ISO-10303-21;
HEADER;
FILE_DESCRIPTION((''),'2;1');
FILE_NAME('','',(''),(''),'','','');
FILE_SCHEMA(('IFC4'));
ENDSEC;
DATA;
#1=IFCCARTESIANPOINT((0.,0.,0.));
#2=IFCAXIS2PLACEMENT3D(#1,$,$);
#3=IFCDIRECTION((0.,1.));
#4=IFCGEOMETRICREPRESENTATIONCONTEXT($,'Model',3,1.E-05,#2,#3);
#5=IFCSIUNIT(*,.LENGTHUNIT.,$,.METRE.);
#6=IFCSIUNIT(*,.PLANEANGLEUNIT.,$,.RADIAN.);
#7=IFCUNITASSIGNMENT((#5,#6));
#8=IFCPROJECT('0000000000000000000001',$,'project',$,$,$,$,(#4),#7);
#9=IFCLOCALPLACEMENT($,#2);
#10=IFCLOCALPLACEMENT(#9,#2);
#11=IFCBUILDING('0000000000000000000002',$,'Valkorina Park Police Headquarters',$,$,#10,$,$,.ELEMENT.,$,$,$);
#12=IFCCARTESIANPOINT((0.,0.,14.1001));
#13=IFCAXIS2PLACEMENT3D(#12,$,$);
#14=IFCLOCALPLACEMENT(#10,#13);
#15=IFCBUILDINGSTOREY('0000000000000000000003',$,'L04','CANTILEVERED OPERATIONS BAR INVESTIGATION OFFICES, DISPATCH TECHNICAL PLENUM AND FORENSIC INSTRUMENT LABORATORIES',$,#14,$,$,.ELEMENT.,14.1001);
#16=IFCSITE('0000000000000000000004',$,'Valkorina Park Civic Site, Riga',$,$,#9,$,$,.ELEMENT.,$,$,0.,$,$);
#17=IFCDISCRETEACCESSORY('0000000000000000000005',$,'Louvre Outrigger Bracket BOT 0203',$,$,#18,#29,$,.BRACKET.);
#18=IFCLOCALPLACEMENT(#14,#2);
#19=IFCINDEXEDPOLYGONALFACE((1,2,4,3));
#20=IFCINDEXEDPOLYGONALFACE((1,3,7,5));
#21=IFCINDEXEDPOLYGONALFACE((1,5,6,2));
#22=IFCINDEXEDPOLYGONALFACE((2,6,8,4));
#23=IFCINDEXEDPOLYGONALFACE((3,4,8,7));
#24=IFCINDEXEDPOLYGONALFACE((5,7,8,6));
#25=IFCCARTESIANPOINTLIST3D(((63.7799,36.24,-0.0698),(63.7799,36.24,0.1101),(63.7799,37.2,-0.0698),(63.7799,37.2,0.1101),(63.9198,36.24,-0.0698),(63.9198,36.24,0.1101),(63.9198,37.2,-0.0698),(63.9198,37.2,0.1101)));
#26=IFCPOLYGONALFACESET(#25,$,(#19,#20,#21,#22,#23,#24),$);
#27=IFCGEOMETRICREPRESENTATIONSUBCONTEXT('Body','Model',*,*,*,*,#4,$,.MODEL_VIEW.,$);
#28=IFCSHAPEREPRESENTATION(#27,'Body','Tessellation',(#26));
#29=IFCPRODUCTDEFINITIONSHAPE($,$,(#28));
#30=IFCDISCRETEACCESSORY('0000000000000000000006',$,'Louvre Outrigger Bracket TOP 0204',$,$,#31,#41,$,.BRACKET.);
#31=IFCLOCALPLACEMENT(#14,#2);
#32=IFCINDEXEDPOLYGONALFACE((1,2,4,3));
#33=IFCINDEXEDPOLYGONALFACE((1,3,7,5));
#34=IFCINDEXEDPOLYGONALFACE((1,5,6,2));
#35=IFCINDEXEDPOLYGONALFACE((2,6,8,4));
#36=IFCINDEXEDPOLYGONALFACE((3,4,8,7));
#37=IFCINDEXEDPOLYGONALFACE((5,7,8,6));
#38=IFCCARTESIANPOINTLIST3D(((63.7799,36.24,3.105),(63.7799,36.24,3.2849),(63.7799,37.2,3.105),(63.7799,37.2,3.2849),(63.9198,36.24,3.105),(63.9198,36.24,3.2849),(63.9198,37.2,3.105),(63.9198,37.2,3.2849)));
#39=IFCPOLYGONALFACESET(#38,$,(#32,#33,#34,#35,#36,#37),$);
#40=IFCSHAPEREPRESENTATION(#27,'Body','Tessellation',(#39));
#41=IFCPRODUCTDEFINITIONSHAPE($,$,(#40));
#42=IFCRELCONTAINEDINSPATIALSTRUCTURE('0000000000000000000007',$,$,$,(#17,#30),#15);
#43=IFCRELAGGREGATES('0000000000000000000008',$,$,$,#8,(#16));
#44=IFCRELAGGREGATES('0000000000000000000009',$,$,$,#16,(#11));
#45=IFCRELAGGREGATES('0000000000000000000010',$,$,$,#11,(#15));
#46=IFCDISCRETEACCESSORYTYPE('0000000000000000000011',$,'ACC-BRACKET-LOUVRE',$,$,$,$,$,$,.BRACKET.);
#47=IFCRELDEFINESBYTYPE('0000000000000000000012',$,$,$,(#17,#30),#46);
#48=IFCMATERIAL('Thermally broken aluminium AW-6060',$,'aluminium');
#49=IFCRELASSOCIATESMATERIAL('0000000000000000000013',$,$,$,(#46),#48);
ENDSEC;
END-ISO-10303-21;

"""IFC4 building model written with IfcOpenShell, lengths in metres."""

from ifc_helpers import new_model, si_unit, direction, frame, origin, origin_2d, place, context, subcontext, project, spatial, rectangle, extrude, material, type_object, element, save


model = new_model("IFC4")

# Units and contexts
model_context = context("Model", 3, precision=1e-05, world=origin(), true_north=direction((0.0, 1.0)))
body_context = subcontext(model_context, "Body", "Model", "MODEL_VIEW")
ifc_project = project(units=[si_unit("LENGTHUNIT", "METRE"), si_unit("PLANEANGLEUNIT", "RADIAN")], contexts=[model_context])

# Site, building, storey
site_placement = place(None, origin())
site = spatial("IfcSite", under=ifc_project, at=site_placement, Name="Valkorina Park Civic Site, Riga", CompositionType="ELEMENT", RefElevation=0.0)
building_placement = place(site_placement, origin())
building = spatial("IfcBuilding", under=site, at=building_placement, Name="Valkorina Park Police Headquarters", CompositionType="ELEMENT")
storey_placement = place(building_placement, frame((0.0, 0.0, 14.1001)))
storey = spatial("IfcBuildingStorey", under=building, at=storey_placement, Name="L04", Description="CANTILEVERED OPERATIONS BAR INVESTIGATION OFFICES, DISPATCH TECHNICAL PLENUM AND FORENSIC INSTRUMENT LABORATORIES", CompositionType="ELEMENT", Elevation=14.1001)

# Shared definitions
ifc_material_1 = material(Name="Thermally broken aluminium AW-6060", Category="aluminium")

# Discrete accessories
discrete_accessory_type = type_object("IfcDiscreteAccessoryType", Name="ACC-BRACKET-LOUVRE", PredefinedType="BRACKET", material=ifc_material_1)
for number, where, z_axis, x_axis, name in (
    (1, (63.8499, 36.72, -0.0698), (0.0, 0.0, 1.0), (0.0, -1.0, 0.0), "Louvre Outrigger Bracket BOT 0203"),
    (2, (63.8499, 36.72, 3.105), (0.0, 0.0, 1.0), (0.0, -1.0, 0.0), "Louvre Outrigger Bracket TOP 0204"),
):
    element("IfcDiscreteAccessory", number, at=place(storey_placement, frame(where, z_axis=z_axis, x_axis=x_axis)), inside=storey, type_object=discrete_accessory_type, Name=name, PredefinedType="BRACKET", context=body_context, shape_type="SweptSolid", body=[
        extrude(rectangle(XDim=0.96, YDim=0.1399, at=origin_2d()), origin(), (0.0, 0.0, 1.0), 0.1799),
    ])

save(model, "model.ifc")
